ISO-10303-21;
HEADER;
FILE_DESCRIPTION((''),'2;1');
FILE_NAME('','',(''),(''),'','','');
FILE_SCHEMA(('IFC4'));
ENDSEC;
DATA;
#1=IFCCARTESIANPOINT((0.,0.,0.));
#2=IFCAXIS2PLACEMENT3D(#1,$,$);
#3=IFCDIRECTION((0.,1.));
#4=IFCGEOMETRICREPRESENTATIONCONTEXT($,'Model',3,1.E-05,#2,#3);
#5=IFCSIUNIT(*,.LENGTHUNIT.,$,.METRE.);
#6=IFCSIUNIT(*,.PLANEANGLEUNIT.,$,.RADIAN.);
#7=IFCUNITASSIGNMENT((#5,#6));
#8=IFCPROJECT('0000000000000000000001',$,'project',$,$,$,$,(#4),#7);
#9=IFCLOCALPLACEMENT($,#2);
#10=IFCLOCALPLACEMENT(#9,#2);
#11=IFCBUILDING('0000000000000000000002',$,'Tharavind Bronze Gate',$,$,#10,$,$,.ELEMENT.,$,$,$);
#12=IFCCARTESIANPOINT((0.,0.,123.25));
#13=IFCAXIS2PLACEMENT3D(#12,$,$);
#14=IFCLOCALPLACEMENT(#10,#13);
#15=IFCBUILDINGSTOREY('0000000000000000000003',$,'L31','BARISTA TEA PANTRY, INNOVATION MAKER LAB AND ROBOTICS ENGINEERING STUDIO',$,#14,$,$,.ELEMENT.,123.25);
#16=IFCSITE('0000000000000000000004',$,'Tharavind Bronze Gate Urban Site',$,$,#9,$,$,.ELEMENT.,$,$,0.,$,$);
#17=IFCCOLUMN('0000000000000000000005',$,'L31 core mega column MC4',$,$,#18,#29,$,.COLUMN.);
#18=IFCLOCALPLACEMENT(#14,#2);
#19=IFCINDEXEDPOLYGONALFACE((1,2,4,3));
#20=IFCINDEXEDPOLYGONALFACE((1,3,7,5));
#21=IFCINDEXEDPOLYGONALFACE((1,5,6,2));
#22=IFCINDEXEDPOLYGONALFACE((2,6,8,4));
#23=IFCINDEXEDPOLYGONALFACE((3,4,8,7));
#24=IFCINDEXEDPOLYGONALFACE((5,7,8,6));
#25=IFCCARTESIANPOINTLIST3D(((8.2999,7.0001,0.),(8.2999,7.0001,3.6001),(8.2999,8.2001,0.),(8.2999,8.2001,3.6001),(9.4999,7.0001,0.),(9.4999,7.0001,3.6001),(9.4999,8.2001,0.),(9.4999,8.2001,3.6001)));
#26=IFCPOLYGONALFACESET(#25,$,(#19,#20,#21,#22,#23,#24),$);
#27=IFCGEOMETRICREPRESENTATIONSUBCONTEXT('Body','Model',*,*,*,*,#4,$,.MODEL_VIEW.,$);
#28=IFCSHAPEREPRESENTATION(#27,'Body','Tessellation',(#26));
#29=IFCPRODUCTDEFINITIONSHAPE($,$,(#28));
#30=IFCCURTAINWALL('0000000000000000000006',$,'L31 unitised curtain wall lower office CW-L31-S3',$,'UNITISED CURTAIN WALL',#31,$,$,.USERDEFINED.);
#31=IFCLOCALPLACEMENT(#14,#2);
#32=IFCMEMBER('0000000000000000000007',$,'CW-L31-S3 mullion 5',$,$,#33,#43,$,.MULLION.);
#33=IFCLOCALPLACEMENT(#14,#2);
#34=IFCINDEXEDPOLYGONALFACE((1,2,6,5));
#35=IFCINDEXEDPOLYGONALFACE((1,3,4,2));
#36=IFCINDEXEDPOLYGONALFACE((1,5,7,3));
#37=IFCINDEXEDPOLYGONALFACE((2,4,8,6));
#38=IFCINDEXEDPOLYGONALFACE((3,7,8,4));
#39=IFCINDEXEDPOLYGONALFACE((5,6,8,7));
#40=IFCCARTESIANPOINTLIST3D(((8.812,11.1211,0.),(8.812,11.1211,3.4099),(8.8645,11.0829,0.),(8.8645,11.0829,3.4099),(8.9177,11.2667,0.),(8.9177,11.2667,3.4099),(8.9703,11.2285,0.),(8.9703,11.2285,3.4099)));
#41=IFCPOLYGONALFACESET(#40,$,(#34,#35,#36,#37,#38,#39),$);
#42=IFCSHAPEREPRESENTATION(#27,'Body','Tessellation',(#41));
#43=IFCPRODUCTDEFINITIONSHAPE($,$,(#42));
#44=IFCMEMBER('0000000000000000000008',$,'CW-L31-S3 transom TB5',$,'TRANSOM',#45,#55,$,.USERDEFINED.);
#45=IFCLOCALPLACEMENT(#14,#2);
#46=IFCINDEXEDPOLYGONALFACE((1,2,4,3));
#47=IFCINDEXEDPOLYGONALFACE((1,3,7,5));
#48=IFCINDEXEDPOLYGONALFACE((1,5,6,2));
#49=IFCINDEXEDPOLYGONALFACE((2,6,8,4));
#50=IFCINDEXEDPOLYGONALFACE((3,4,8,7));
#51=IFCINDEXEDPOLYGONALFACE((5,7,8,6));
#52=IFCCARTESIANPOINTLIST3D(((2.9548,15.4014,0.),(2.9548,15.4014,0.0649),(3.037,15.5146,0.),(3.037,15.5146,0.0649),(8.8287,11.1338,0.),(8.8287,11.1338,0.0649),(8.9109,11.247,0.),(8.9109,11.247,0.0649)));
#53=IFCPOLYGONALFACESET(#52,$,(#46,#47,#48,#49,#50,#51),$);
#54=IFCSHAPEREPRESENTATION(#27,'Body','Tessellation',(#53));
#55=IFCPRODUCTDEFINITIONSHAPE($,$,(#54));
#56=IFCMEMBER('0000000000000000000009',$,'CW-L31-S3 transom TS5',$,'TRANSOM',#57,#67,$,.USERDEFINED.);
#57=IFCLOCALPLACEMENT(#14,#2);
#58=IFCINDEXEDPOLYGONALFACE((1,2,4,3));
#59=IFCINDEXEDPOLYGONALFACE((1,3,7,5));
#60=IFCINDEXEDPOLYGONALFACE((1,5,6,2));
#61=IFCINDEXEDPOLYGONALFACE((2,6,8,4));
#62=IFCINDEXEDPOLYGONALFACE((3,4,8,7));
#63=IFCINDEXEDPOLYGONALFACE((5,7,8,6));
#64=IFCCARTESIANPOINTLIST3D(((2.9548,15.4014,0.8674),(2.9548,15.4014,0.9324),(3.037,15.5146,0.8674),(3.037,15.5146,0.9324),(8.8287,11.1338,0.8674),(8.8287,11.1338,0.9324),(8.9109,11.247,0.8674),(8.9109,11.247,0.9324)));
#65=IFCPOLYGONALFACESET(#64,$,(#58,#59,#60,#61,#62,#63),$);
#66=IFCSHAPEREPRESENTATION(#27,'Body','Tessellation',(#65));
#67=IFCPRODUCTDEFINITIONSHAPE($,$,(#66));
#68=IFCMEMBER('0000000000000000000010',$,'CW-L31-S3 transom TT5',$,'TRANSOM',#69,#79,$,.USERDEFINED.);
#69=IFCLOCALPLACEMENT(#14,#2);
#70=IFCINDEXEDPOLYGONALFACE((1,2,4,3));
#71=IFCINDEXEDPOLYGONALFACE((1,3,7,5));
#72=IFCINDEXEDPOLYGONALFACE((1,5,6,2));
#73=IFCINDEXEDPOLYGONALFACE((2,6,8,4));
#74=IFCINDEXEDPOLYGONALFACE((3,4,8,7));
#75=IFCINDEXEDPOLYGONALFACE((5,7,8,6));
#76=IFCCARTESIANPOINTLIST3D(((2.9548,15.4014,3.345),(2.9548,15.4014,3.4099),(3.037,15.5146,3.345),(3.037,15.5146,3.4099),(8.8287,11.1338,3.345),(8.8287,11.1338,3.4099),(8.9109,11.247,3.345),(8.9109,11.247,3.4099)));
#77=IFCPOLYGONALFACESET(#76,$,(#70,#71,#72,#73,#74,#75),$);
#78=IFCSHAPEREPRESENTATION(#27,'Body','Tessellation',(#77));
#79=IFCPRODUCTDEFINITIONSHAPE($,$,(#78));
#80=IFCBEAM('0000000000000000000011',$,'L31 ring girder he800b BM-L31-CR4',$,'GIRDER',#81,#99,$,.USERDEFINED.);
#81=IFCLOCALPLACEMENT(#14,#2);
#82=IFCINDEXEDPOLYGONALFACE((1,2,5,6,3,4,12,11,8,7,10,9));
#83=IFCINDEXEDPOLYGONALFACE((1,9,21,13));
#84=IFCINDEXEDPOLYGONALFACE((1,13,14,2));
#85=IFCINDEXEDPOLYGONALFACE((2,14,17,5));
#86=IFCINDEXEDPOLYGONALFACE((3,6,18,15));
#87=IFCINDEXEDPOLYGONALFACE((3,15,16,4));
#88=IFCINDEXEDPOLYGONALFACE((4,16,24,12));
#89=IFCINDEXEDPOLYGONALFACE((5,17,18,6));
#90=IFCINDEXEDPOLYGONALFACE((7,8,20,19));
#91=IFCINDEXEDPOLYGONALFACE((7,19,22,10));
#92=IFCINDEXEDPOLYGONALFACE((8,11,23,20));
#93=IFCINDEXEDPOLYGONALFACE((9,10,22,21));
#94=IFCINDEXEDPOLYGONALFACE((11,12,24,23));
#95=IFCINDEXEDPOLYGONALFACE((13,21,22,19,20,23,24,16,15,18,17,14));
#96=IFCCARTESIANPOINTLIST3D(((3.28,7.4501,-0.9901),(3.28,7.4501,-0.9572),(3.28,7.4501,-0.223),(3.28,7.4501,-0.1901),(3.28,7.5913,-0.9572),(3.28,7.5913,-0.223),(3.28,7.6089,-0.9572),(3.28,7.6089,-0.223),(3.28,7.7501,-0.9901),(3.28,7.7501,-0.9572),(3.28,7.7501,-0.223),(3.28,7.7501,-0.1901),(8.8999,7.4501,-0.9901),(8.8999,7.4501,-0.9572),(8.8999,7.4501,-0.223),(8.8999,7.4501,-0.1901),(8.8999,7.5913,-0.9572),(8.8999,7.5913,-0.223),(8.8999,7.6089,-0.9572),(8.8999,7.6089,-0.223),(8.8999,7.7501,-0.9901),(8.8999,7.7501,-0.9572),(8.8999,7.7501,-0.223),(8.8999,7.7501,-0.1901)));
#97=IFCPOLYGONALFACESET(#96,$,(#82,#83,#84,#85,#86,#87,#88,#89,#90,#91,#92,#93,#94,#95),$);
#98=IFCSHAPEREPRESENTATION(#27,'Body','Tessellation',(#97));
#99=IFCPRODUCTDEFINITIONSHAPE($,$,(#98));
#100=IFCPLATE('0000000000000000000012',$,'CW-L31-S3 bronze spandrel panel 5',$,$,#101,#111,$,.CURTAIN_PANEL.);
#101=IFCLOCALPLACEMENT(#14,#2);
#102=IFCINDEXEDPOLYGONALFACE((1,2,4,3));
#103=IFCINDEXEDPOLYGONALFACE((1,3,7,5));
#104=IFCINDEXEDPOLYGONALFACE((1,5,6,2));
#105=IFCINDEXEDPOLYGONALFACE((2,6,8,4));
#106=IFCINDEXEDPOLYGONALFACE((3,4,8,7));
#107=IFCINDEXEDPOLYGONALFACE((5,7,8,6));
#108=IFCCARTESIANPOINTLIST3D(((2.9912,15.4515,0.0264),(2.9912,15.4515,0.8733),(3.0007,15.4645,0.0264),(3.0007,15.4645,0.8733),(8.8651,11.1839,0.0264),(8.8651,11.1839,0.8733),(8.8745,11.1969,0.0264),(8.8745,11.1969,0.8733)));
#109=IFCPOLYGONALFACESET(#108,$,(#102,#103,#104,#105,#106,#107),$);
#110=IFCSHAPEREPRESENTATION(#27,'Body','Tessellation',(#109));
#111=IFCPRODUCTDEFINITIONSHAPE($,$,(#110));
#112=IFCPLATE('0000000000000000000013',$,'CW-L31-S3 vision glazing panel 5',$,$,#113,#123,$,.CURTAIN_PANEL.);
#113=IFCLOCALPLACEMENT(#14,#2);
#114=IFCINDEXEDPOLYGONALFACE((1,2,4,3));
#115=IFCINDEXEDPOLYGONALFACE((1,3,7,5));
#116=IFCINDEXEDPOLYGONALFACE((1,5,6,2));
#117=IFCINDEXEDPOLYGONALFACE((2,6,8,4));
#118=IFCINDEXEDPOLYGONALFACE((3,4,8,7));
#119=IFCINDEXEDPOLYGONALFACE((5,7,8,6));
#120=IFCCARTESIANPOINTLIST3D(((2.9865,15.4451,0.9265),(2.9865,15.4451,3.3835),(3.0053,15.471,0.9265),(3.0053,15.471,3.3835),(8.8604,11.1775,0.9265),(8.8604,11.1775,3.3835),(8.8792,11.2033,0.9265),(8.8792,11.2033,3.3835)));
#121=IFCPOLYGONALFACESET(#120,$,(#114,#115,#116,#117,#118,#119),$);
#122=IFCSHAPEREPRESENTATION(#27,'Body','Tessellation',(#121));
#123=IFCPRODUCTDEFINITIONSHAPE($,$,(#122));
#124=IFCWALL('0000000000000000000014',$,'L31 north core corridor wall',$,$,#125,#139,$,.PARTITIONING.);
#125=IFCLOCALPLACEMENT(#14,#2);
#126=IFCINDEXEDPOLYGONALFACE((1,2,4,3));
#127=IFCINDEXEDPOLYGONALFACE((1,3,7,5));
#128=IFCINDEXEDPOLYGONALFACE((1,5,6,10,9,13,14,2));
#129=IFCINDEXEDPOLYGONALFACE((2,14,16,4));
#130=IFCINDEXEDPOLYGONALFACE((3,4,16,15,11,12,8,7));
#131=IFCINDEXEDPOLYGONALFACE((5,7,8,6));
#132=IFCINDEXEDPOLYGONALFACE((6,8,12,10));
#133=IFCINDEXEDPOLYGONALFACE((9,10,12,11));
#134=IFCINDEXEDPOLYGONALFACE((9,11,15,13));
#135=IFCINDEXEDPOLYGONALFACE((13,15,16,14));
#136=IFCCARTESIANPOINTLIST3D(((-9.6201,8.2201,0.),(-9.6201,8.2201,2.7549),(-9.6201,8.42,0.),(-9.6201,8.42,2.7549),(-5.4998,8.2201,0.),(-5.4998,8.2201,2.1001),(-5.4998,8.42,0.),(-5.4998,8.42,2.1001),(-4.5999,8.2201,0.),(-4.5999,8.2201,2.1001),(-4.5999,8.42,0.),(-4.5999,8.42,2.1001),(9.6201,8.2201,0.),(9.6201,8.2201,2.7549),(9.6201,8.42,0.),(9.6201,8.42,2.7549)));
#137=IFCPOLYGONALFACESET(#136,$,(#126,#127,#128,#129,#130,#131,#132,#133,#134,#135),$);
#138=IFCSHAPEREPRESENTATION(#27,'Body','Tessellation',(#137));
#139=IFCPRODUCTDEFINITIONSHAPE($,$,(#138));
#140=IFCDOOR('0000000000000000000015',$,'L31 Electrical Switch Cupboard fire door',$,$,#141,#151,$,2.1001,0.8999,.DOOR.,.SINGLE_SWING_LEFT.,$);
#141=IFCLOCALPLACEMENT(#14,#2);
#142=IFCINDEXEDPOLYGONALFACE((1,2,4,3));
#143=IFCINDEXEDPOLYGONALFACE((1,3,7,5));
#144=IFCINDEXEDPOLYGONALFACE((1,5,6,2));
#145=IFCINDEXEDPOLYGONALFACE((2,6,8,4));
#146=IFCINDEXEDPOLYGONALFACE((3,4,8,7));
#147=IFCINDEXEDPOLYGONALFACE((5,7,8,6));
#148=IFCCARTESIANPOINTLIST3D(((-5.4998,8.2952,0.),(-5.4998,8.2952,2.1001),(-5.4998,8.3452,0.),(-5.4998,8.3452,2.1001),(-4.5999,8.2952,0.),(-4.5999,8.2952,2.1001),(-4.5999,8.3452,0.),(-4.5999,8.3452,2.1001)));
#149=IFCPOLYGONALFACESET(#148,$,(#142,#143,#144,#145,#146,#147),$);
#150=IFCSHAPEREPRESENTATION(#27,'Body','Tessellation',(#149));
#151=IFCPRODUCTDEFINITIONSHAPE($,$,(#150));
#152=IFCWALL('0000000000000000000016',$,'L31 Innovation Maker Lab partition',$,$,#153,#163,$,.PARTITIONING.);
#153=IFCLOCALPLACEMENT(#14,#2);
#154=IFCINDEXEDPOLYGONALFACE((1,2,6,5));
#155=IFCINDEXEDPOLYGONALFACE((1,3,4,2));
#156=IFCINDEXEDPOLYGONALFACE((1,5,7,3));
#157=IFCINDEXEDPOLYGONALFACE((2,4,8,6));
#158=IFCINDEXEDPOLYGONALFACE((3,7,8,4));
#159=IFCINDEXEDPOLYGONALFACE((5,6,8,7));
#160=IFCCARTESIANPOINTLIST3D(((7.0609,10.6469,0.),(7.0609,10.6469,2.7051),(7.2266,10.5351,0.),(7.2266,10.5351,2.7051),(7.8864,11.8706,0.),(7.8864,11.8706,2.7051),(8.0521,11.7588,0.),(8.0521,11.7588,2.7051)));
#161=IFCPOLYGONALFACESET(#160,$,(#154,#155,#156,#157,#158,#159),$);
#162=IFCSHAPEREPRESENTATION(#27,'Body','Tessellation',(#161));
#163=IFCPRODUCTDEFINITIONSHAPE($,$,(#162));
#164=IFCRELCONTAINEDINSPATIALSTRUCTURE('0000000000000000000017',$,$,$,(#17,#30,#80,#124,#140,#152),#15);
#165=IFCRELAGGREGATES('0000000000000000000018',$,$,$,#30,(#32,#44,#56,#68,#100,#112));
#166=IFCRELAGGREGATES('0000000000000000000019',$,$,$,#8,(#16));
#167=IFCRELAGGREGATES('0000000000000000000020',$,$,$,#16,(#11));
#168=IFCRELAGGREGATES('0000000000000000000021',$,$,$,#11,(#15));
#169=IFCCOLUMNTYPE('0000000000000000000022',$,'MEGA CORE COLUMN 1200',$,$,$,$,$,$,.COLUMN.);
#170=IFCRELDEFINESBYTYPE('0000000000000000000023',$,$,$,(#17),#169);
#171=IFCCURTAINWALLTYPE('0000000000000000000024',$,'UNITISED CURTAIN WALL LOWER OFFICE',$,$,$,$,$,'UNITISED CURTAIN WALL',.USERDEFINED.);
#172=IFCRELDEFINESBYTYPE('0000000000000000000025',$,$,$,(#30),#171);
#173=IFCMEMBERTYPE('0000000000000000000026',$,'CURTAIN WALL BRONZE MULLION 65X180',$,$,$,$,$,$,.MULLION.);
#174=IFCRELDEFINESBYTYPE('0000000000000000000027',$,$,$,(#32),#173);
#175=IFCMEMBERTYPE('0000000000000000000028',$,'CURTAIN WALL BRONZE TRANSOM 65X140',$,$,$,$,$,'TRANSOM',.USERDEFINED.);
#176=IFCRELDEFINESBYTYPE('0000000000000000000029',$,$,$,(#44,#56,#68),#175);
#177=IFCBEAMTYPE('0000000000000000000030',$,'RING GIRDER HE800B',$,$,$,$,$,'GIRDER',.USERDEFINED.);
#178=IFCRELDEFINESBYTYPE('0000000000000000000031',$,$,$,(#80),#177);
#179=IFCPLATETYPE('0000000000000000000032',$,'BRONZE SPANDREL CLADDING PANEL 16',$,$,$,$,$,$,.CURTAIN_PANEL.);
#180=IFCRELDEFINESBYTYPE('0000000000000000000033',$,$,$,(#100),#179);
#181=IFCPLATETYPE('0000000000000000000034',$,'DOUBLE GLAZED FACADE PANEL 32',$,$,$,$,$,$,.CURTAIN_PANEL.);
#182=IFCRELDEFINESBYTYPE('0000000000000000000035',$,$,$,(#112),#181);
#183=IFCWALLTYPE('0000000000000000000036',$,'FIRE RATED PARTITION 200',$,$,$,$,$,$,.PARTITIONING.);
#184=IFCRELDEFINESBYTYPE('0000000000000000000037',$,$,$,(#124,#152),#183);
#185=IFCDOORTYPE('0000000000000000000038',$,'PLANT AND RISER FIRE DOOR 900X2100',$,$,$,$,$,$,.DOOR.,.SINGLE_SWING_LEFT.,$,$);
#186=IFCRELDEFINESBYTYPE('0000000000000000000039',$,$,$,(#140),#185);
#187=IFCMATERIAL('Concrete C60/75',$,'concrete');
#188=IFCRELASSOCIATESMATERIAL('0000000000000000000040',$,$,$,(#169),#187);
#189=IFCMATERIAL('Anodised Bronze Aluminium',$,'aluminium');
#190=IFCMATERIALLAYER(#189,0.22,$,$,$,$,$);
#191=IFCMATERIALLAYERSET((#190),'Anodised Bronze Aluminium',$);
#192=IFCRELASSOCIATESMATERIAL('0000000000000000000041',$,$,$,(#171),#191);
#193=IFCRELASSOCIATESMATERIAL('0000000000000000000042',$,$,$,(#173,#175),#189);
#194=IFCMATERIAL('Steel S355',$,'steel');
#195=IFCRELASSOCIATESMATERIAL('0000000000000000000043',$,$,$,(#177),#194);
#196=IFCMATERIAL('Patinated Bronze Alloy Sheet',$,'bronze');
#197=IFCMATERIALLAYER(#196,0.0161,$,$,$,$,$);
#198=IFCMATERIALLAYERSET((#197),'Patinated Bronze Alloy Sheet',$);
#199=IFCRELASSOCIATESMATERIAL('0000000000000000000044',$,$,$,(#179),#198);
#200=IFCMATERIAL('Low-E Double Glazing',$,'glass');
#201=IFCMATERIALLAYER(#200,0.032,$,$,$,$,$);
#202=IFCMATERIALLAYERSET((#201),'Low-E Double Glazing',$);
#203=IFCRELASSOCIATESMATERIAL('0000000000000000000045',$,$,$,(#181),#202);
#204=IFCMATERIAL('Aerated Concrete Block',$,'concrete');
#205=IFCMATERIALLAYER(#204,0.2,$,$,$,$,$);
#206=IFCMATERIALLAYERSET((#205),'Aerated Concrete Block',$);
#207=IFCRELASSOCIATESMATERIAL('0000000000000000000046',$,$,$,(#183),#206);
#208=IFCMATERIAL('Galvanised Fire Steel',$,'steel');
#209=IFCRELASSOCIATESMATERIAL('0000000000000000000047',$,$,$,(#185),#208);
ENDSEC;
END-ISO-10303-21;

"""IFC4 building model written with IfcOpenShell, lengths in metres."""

from ifc_helpers import new_model, si_unit, direction, frame, frame_2d, origin, origin_2d, place, context, subcontext, project, spatial, rectangle, i_section, extrude, material, layer, layer_set, material_profile, profile_set, type_object, element, fill, aggregate, save


model = new_model("IFC4")

# Units and contexts
model_context = context("Model", 3, precision=1e-05, world=origin(), true_north=direction((0.0, 1.0)))
body_context = subcontext(model_context, "Body", "Model", "MODEL_VIEW")
ifc_project = project(units=[si_unit("LENGTHUNIT", "METRE"), si_unit("PLANEANGLEUNIT", "RADIAN")], contexts=[model_context])

# Site, building, storey
site_placement = place(None, origin())
site = spatial("IfcSite", under=ifc_project, at=site_placement, Name="Tharavind Bronze Gate Urban Site", CompositionType="ELEMENT", RefElevation=0.0)
building_placement = place(site_placement, origin())
building = spatial("IfcBuilding", under=site, at=building_placement, Name="Tharavind Bronze Gate", CompositionType="ELEMENT")
storey_placement = place(building_placement, frame((0.0, 0.0, 123.25)))
storey = spatial("IfcBuildingStorey", under=building, at=storey_placement, Name="L31", Description="BARISTA TEA PANTRY, INNOVATION MAKER LAB AND ROBOTICS ENGINEERING STUDIO", CompositionType="ELEMENT", Elevation=123.25)

# Column
ifc_material_1 = material(Name="Concrete C60/75", Category="concrete")
ifc_material_profile_1 = material_profile(ifc_material_1, rectangle(XDim=1.2, YDim=1.2, at=origin_2d()), Name="RCCOL1200")
ifc_profile_set_1 = profile_set([ifc_material_profile_1], Name="Concrete C60/75")
column_type = type_object("IfcColumnType", Name="MEGA CORE COLUMN 1200", PredefinedType="COLUMN", material=ifc_profile_set_1)
column_placement = place(storey_placement, frame((8.8999, 7.6001, 0.0), z_axis=(0.0, 0.0, 1.0), x_axis=(1.0, 0.0, 0.0)))
element("IfcColumn", 1, at=column_placement, inside=storey, type_object=column_type, Name="L31 core mega column MC4", PredefinedType="COLUMN", context=body_context, shape_type="SweptSolid", body=[
    extrude(rectangle(XDim=1.2, YDim=1.2, at=origin_2d()), origin(), (0.0, 0.0, 1.0), 3.6001),
])

# Curtain wall, members
ifc_material_2 = material(Name="Anodised Bronze Aluminium", Category="aluminium")
ifc_layer_1 = layer(ifc_material_2, 0.22)
ifc_layer_set_1 = layer_set([ifc_layer_1], Name="Anodised Bronze Aluminium")
curtain_wall_type = type_object("IfcCurtainWallType", Name="UNITISED CURTAIN WALL LOWER OFFICE", ElementType="UNITISED CURTAIN WALL", PredefinedType="USERDEFINED", material=ifc_layer_set_1)
curtain_wall_placement = place(storey_placement, origin())
curtain_wall = element("IfcCurtainWall", 2, at=curtain_wall_placement, inside=storey, type_object=curtain_wall_type, Name="L31 unitised curtain wall lower office CW-L31-S3", ObjectType="UNITISED CURTAIN WALL", PredefinedType="USERDEFINED")
member_type_1 = type_object("IfcMemberType", Name="CURTAIN WALL BRONZE MULLION 65X180", PredefinedType="MULLION", material=ifc_material_2)
member_1_placement = place(storey_placement, frame((8.8911, 11.1748, 0.0), z_axis=(0.0, 0.0, 1.0), x_axis=(-0.809017, 0.587785, 0.0)))
member_1 = element("IfcMember", 3, at=member_1_placement, type_object=member_type_1, Name="CW-L31-S3 mullion 5", PredefinedType="MULLION", context=body_context, shape_type="SweptSolid", body=[
    extrude(rectangle(XDim=0.0649, YDim=0.1799, at=origin_2d()), origin(), (0.0, 0.0, 1.0), 3.4099),
])
member_type_2 = type_object("IfcMemberType", Name="CURTAIN WALL BRONZE TRANSOM 65X140", ElementType="TRANSOM", PredefinedType="USERDEFINED", material=ifc_material_2)
member_2_placement = place(storey_placement, frame((5.9329, 13.3242, 0.0), z_axis=(0.0, 0.0, 1.0), x_axis=(-0.809017, 0.587785, 0.0)))
member_2 = element("IfcMember", 4, at=member_2_placement, type_object=member_type_2, Name="CW-L31-S3 transom TB5", ObjectType="TRANSOM", PredefinedType="USERDEFINED", context=body_context, shape_type="SweptSolid", body=[
    extrude(rectangle(XDim=7.2605, YDim=0.1399, at=origin_2d()), origin(), (0.0, 0.0, 1.0), 0.0649),
])
member_3_placement = place(storey_placement, frame((5.9329, 13.3242, 0.8674), z_axis=(0.0, 0.0, 1.0), x_axis=(-0.809017, 0.587785, 0.0)))
member_3 = element("IfcMember", 5, at=member_3_placement, type_object=member_type_2, Name="CW-L31-S3 transom TS5", ObjectType="TRANSOM", PredefinedType="USERDEFINED", context=body_context, shape_type="SweptSolid", body=[
    extrude(rectangle(XDim=7.2605, YDim=0.1399, at=origin_2d()), origin(), (0.0, 0.0, 1.0), 0.0649),
])
member_4_placement = place(storey_placement, frame((5.9329, 13.3242, 3.345), z_axis=(0.0, 0.0, 1.0), x_axis=(-0.809017, 0.587785, 0.0)))
member_4 = element("IfcMember", 6, at=member_4_placement, type_object=member_type_2, Name="CW-L31-S3 transom TT5", ObjectType="TRANSOM", PredefinedType="USERDEFINED", context=body_context, shape_type="SweptSolid", body=[
    extrude(rectangle(XDim=7.2605, YDim=0.1399, at=origin_2d()), origin(), (0.0, 0.0, 1.0), 0.0649),
])

# Beam
ifc_material_3 = material(Name="Steel S355", Category="steel")
ifc_material_profile_2 = material_profile(ifc_material_3, i_section(OverallWidth=0.3, OverallDepth=0.8, WebThickness=0.0176, FlangeThickness=0.033, at=origin_2d()), Name="HE800B")
ifc_profile_set_2 = profile_set([ifc_material_profile_2], Name="Steel S355")
beam_type = type_object("IfcBeamType", Name="RING GIRDER HE800B", ElementType="GIRDER", PredefinedType="USERDEFINED", material=ifc_profile_set_2)
beam_placement = place(storey_placement, frame((8.8999, 7.6001, -0.5901), z_axis=(-1.0, 0.0, 0.0), x_axis=(0.0, -1.0, 0.0)))
element("IfcBeam", 7, at=beam_placement, inside=storey, type_object=beam_type, Name="L31 ring girder he800b BM-L31-CR4", ObjectType="GIRDER", PredefinedType="USERDEFINED", context=body_context, shape_type="SweptSolid", body=[
    extrude(i_section(OverallWidth=0.3, OverallDepth=0.8, WebThickness=0.0176, FlangeThickness=0.033, at=origin_2d()), origin(), (0.0, 0.0, 1.0), 5.6199),
])

# Plates
ifc_material_4 = material(Name="Patinated Bronze Alloy Sheet", Category="bronze")
ifc_layer_2 = layer(ifc_material_4, 0.0161)
ifc_layer_set_2 = layer_set([ifc_layer_2], Name="Patinated Bronze Alloy Sheet")
plate_type_1 = type_object("IfcPlateType", Name="BRONZE SPANDREL CLADDING PANEL 16", PredefinedType="CURTAIN_PANEL", material=ifc_layer_set_2)
plate_1_placement = place(storey_placement, frame((5.9329, 13.3242, 0.0264), z_axis=(0.0, 0.0, 1.0), x_axis=(-0.809017, 0.587785, 0.0)))
plate_1 = element("IfcPlate", 8, at=plate_1_placement, type_object=plate_type_1, Name="CW-L31-S3 bronze spandrel panel 5", PredefinedType="CURTAIN_PANEL", context=body_context, shape_type="SweptSolid", body=[
    extrude(rectangle(XDim=7.2605, YDim=0.0161, at=origin_2d()), origin(), (0.0, 0.0, 1.0), 0.8469),
])
ifc_material_5 = material(Name="Low-E Double Glazing", Category="glass")
ifc_layer_3 = layer(ifc_material_5, 0.032)
ifc_layer_set_3 = layer_set([ifc_layer_3], Name="Low-E Double Glazing")
plate_type_2 = type_object("IfcPlateType", Name="DOUBLE GLAZED FACADE PANEL 32", PredefinedType="CURTAIN_PANEL", material=ifc_layer_set_3)
plate_2_placement = place(storey_placement, frame((5.9329, 13.3242, 0.9265), z_axis=(0.0, 0.0, 1.0), x_axis=(-0.809017, 0.587785, 0.0)))
plate_2 = element("IfcPlate", 9, at=plate_2_placement, type_object=plate_type_2, Name="CW-L31-S3 vision glazing panel 5", PredefinedType="CURTAIN_PANEL", context=body_context, shape_type="SweptSolid", body=[
    extrude(rectangle(XDim=7.2605, YDim=0.032, at=origin_2d()), origin(), (0.0, 0.0, 1.0), 2.457),
])
aggregate(curtain_wall, [member_1, member_2, member_3, member_4, plate_1, plate_2])

# Wall, opening, door
ifc_material_6 = material(Name="Aerated Concrete Block", Category="concrete")
ifc_layer_4 = layer(ifc_material_6, 0.2)
ifc_layer_set_4 = layer_set([ifc_layer_4], Name="Aerated Concrete Block")
wall_type_1 = type_object("IfcWallType", Name="FIRE RATED PARTITION 200", PredefinedType="PARTITIONING", material=ifc_layer_set_4)
wall_1_placement = place(storey_placement, frame((9.6201, 8.3201, 0.0), z_axis=(0.0, 0.0, 1.0), x_axis=(-1.0, 0.0, 0.0)))
wall_1 = element("IfcWall", 10, at=wall_1_placement, inside=storey, type_object=wall_type_1, Name="L31 north core corridor wall", PredefinedType="PARTITIONING", context=body_context, shape_type="SweptSolid", body=[
    extrude(rectangle(XDim=19.2402, YDim=0.2, at=frame_2d((9.6201, 0.0))), origin(), (0.0, 0.0, 1.0), 2.7549),
])
opening_1_placement = place(wall_1_placement, frame((14.22, 0.0, 0.0)))
opening_1 = element("IfcOpeningElement", 11, at=opening_1_placement, cuts=wall_1, PredefinedType="OPENING", context=body_context, shape_type="SweptSolid", body=[
    extrude(rectangle(XDim=0.8999, YDim=2.1001, at=frame_2d((0.45, 1.05))), frame((0.0, 0.1101, 0.0), z_axis=(0.0, -1.0, 0.0), x_axis=(1.0, 0.0, 0.0)), (0.0, 0.0, 1.0), 0.22),
])
ifc_material_7 = material(Name="Galvanised Fire Steel", Category="steel")
door_type_1 = type_object("IfcDoorType", Name="PLANT AND RISER FIRE DOOR 900X2100", OperationType="SINGLE_SWING_LEFT", PredefinedType="DOOR", material=ifc_material_7)
door_1_placement = place(opening_1_placement, origin())
door_1 = element("IfcDoor", 12, at=door_1_placement, inside=storey, type_object=door_type_1, Name="L31 Electrical Switch Cupboard fire door", OperationType="SINGLE_SWING_LEFT", OverallHeight=2.1001, OverallWidth=0.8999, PredefinedType="DOOR", context=body_context, shape_type="SweptSolid", body=[
    extrude(rectangle(XDim=0.8999, YDim=2.1001, at=frame_2d((0.45, 1.05))), frame((0.0, 0.0249, 0.0), z_axis=(0.0, -1.0, 0.0), x_axis=(1.0, 0.0, 0.0)), (0.0, 0.0, 1.0), 0.05),
])
fill(opening_1, door_1)

# Wall
wall_2_placement = place(storey_placement, frame((7.9692, 11.8147, 0.0), z_axis=(0.0, 0.0, 1.0), x_axis=(-0.559234, -0.82901, 0.0)))
element("IfcWall", 13, at=wall_2_placement, inside=storey, type_object=wall_type_1, Name="L31 Innovation Maker Lab partition", PredefinedType="PARTITIONING", context=body_context, shape_type="SweptSolid", body=[
    extrude(rectangle(XDim=1.4761, YDim=0.2, at=frame_2d((0.738, 0.0))), origin(), (0.0, 0.0, 1.0), 2.7051),
])

save(model, "model.ifc")
